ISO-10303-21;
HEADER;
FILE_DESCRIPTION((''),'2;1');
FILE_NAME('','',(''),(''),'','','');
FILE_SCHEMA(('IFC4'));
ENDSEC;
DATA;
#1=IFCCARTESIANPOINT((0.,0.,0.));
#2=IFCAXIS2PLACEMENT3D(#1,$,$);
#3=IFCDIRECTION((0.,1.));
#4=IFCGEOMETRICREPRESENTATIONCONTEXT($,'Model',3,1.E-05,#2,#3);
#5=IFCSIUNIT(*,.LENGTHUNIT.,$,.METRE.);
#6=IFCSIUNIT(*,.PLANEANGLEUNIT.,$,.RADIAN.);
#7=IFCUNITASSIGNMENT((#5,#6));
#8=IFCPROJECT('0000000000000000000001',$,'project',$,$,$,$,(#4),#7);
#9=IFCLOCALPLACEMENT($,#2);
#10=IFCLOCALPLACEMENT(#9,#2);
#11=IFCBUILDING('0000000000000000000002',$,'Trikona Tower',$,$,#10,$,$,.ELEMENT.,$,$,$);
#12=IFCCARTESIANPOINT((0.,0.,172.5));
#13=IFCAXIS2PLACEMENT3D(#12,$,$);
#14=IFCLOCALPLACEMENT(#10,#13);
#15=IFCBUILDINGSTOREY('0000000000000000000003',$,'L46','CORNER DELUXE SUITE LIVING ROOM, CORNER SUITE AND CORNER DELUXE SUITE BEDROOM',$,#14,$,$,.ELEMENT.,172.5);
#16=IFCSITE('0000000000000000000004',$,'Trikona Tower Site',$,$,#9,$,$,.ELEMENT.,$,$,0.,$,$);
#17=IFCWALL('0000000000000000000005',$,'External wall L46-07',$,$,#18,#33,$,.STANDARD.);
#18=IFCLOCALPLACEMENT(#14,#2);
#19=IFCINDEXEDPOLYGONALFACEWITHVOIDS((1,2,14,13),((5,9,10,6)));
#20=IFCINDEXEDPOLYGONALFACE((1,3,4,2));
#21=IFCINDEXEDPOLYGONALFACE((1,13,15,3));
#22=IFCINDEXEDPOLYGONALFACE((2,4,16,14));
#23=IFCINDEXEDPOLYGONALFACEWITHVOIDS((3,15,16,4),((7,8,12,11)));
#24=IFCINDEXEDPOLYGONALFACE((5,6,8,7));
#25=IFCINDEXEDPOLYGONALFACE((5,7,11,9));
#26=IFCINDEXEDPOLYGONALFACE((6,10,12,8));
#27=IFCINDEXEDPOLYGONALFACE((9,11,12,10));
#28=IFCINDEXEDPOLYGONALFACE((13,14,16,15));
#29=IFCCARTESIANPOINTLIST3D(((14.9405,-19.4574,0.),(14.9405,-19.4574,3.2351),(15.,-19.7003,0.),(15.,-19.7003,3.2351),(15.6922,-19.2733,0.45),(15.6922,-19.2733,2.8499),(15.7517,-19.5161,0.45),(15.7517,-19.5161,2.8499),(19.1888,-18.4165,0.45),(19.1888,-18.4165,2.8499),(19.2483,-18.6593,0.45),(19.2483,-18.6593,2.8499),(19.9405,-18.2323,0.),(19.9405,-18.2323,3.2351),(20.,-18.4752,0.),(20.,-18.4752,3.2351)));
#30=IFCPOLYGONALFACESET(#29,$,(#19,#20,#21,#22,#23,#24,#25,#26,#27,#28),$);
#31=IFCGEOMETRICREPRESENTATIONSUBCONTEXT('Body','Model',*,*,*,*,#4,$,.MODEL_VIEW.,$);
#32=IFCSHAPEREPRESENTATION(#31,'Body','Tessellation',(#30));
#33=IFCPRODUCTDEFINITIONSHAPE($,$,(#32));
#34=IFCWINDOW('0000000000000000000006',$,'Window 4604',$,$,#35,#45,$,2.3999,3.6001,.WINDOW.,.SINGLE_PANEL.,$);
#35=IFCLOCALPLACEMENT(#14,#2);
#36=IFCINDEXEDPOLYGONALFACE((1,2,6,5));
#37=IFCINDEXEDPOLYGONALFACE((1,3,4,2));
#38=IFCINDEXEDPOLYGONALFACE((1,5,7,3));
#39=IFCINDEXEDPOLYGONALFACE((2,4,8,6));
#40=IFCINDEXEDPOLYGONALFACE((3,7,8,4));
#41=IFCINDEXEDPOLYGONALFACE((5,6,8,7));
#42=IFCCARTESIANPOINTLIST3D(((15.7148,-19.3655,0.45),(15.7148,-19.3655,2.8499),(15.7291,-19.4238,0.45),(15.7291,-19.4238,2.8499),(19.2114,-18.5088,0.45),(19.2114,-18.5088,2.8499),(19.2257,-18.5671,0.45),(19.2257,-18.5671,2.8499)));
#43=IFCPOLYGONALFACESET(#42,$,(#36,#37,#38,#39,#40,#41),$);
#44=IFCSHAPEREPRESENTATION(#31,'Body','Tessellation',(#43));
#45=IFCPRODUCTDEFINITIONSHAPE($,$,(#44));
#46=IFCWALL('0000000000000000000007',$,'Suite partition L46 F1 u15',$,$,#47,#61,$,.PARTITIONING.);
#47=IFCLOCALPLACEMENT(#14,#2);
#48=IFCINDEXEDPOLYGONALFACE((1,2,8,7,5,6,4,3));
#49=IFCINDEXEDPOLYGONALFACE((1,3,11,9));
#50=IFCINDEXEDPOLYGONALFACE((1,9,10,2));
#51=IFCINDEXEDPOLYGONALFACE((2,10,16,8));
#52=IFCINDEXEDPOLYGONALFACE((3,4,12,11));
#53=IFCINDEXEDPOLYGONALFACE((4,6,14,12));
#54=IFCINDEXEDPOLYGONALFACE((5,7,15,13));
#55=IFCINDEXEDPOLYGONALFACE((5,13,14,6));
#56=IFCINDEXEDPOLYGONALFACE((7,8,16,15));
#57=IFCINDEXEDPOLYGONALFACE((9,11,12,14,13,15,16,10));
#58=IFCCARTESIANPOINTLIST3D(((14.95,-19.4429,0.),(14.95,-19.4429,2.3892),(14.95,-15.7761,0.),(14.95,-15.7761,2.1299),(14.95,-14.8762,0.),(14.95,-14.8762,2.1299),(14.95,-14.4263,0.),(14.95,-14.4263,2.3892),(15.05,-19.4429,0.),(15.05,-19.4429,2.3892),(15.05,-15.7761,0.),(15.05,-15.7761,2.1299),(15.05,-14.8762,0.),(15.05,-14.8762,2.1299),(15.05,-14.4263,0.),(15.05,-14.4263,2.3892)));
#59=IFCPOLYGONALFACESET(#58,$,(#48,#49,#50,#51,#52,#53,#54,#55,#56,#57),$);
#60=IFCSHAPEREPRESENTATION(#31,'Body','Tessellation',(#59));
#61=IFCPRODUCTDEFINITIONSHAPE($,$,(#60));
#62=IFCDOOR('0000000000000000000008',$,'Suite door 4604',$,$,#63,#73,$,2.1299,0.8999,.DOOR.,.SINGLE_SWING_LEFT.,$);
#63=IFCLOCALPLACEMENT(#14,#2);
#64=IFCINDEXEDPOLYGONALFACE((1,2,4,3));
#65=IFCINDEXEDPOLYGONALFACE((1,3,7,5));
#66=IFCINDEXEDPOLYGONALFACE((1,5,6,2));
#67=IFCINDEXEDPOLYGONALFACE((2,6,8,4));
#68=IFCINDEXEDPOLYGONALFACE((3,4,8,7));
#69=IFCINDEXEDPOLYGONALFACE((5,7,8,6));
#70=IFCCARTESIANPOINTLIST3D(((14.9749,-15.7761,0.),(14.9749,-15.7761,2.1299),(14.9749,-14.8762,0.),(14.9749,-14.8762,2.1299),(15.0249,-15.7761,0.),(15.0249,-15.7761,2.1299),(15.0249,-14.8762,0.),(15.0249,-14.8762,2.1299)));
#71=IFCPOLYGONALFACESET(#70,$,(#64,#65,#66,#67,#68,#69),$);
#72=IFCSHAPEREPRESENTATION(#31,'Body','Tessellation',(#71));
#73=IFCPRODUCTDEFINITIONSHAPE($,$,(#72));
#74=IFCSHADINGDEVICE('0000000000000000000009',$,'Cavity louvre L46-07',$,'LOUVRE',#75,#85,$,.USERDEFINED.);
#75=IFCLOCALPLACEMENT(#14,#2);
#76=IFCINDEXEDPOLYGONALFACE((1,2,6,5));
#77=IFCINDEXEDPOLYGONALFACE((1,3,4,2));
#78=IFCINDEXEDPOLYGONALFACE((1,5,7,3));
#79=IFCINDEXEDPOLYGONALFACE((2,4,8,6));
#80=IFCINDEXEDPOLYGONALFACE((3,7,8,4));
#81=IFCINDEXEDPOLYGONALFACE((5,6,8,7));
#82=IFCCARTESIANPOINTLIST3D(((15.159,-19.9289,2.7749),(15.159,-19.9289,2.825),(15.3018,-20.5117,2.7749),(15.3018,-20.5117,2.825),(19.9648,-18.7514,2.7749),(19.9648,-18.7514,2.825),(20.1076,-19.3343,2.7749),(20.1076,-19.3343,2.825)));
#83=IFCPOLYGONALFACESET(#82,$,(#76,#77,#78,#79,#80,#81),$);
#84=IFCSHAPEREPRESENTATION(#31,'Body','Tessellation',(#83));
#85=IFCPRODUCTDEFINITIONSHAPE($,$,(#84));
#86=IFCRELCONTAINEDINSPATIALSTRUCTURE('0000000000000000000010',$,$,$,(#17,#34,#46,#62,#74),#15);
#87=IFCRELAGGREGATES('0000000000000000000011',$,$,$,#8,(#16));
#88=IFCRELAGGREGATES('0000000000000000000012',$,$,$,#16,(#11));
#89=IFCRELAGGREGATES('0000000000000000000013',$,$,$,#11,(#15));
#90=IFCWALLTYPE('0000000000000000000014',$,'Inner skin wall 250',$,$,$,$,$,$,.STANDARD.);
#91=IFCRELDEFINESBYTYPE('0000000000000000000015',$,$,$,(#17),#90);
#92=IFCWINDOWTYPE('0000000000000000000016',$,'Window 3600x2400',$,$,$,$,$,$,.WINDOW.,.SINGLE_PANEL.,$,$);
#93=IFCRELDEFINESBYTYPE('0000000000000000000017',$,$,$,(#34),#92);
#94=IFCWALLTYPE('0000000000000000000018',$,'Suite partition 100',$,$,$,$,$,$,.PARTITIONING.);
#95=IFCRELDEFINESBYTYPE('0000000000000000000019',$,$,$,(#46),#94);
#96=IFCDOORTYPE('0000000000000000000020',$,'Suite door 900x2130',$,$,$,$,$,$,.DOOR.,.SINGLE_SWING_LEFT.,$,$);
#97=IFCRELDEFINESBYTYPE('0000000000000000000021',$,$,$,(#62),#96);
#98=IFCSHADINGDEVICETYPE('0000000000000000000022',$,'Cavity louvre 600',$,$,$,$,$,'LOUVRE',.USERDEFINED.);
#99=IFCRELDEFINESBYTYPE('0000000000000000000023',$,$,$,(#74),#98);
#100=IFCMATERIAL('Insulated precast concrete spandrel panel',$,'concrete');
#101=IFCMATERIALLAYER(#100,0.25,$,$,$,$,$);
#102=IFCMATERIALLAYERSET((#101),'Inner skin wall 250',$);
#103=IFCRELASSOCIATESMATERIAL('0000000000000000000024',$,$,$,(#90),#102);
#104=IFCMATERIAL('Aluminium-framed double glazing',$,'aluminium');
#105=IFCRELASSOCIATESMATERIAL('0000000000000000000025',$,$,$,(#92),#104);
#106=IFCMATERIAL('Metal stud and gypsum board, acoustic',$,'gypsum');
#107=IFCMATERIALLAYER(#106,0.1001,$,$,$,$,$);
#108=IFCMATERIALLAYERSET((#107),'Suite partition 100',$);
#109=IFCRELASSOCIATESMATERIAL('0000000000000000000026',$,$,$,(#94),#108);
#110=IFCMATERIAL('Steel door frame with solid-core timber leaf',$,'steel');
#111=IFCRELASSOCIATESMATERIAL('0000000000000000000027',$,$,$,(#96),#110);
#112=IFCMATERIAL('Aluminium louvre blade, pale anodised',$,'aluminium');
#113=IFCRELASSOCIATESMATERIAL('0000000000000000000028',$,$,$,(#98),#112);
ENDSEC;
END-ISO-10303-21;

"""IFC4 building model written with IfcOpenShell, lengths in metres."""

from ifc_helpers import new_model, si_unit, direction, frame, frame_2d, origin, origin_2d, place, context, subcontext, project, spatial, rectangle, extrude, material, layer, layer_set, type_object, element, fill, save


model = new_model("IFC4")

# Units and contexts
model_context = context("Model", 3, precision=1e-05, world=origin(), true_north=direction((0.0, 1.0)))
body_context = subcontext(model_context, "Body", "Model", "MODEL_VIEW")
ifc_project = project(units=[si_unit("LENGTHUNIT", "METRE"), si_unit("PLANEANGLEUNIT", "RADIAN")], contexts=[model_context])

# Site, building, storey
site_placement = place(None, origin())
site = spatial("IfcSite", under=ifc_project, at=site_placement, Name="Trikona Tower Site", CompositionType="ELEMENT", RefElevation=0.0)
building_placement = place(site_placement, origin())
building = spatial("IfcBuilding", under=site, at=building_placement, Name="Trikona Tower", CompositionType="ELEMENT")
storey_placement = place(building_placement, frame((0.0, 0.0, 172.5)))
storey = spatial("IfcBuildingStorey", under=building, at=storey_placement, Name="L46", Description="CORNER DELUXE SUITE LIVING ROOM, CORNER SUITE AND CORNER DELUXE SUITE BEDROOM", CompositionType="ELEMENT", Elevation=172.5)

# Wall, opening, window
ifc_material_1 = material(Name="Insulated precast concrete spandrel panel", Category="concrete")
ifc_layer_1 = layer(ifc_material_1, 0.25)
ifc_layer_set_1 = layer_set([ifc_layer_1], Name="Inner skin wall 250")
wall_type_1 = type_object("IfcWallType", Name="Inner skin wall 250", PredefinedType="STANDARD", material=ifc_layer_set_1)
wall_1_placement = place(storey_placement, frame((14.9702, -19.5789, 0.0), z_axis=(0.0, 0.0, 1.0), x_axis=(0.97127, 0.23798, 0.0)))
wall_1 = element("IfcWall", 1, at=wall_1_placement, inside=storey, type_object=wall_type_1, Name="External wall L46-07", PredefinedType="STANDARD", context=body_context, shape_type="SweptSolid", body=[
    extrude(rectangle(XDim=5.1479, YDim=0.25, at=frame_2d((2.574, 0.0))), origin(), (0.0, 0.0, 1.0), 3.2351),
])
opening_1_placement = place(wall_1_placement, frame((0.7739, 0.0, 0.45)))
opening_1 = element("IfcOpeningElement", 2, at=opening_1_placement, cuts=wall_1, PredefinedType="OPENING", context=body_context, shape_type="SweptSolid", body=[
    extrude(rectangle(XDim=3.6001, YDim=2.3999, at=frame_2d((1.8, 1.2))), frame((0.0, 0.135, 0.0), z_axis=(0.0, -1.0, 0.0), x_axis=(1.0, 0.0, 0.0)), (0.0, 0.0, 1.0), 0.27),
])
ifc_material_2 = material(Name="Aluminium-framed double glazing", Category="aluminium")
window_type = type_object("IfcWindowType", Name="Window 3600x2400", PartitioningType="SINGLE_PANEL", PredefinedType="WINDOW", material=ifc_material_2)
window_placement = place(opening_1_placement, origin())
window = element("IfcWindow", 3, at=window_placement, inside=storey, type_object=window_type, Name="Window 4604", OverallHeight=2.3999, OverallWidth=3.6001, PartitioningType="SINGLE_PANEL", PredefinedType="WINDOW", context=body_context, shape_type="SweptSolid", body=[
    extrude(rectangle(XDim=3.6001, YDim=2.3999, at=frame_2d((1.8, 1.2))), frame((0.0, 0.03, 0.0), z_axis=(0.0, -1.0, 0.0), x_axis=(1.0, 0.0, 0.0)), (0.0, 0.0, 1.0), 0.0601),
])
fill(opening_1, window)

# Wall, opening, door
ifc_material_3 = material(Name="Metal stud and gypsum board, acoustic", Category="gypsum")
ifc_layer_2 = layer(ifc_material_3, 0.1001)
ifc_layer_set_2 = layer_set([ifc_layer_2], Name="Suite partition 100")
wall_type_2 = type_object("IfcWallType", Name="Suite partition 100", PredefinedType="PARTITIONING", material=ifc_layer_set_2)
wall_2_placement = place(storey_placement, frame((15.0, -14.4263, 0.0), z_axis=(0.0, 0.0, 1.0), x_axis=(0.0, -1.0, 0.0)))
wall_2 = element("IfcWall", 4, at=wall_2_placement, inside=storey, type_object=wall_type_2, Name="Suite partition L46 F1 u15", PredefinedType="PARTITIONING", context=body_context, shape_type="SweptSolid", body=[
    extrude(rectangle(XDim=5.0166, YDim=0.1001, at=frame_2d((2.5083, 0.0))), origin(), (0.0, 0.0, 1.0), 2.3892),
])
opening_2_placement = place(wall_2_placement, frame((0.45, 0.0, 0.0)))
opening_2 = element("IfcOpeningElement", 5, at=opening_2_placement, cuts=wall_2, PredefinedType="OPENING", context=body_context, shape_type="SweptSolid", body=[
    extrude(rectangle(XDim=0.8999, YDim=2.1299, at=frame_2d((0.45, 1.0649))), frame((0.0, 0.0601, 0.0), z_axis=(0.0, -1.0, 0.0), x_axis=(1.0, 0.0, 0.0)), (0.0, 0.0, 1.0), 0.1201),
])
ifc_material_4 = material(Name="Steel door frame with solid-core timber leaf", Category="steel")
door_type = type_object("IfcDoorType", Name="Suite door 900x2130", OperationType="SINGLE_SWING_LEFT", PredefinedType="DOOR", material=ifc_material_4)
door_placement = place(opening_2_placement, origin())
door = element("IfcDoor", 6, at=door_placement, inside=storey, type_object=door_type, Name="Suite door 4604", OperationType="SINGLE_SWING_LEFT", OverallHeight=2.1299, OverallWidth=0.8999, PredefinedType="DOOR", context=body_context, shape_type="SweptSolid", body=[
    extrude(rectangle(XDim=0.8999, YDim=2.1299, at=frame_2d((0.45, 1.0649))), frame((0.0, 0.0249, 0.0), z_axis=(0.0, -1.0, 0.0), x_axis=(1.0, 0.0, 0.0)), (0.0, 0.0, 1.0), 0.05),
])
fill(opening_2, door)

# Shading device
ifc_material_5 = material(Name="Aluminium louvre blade, pale anodised", Category="aluminium")
shading_device_type = type_object("IfcShadingDeviceType", Name="Cavity louvre 600", ElementType="LOUVRE", PredefinedType="USERDEFINED", material=ifc_material_5)
shading_device_placement = place(storey_placement, frame((17.6333, -19.6316, 2.7749), z_axis=(0.0, 0.0, 1.0), x_axis=(0.971274, 0.237962, 0.0)))
element("IfcShadingDevice", 7, at=shading_device_placement, inside=storey, type_object=shading_device_type, Name="Cavity louvre L46-07", ObjectType="LOUVRE", PredefinedType="USERDEFINED", context=body_context, shape_type="SweptSolid", body=[
    extrude(rectangle(XDim=4.948, YDim=0.6001, at=origin_2d()), origin(), (0.0, 0.0, 1.0), 0.05),
])

save(model, "model.ifc")
